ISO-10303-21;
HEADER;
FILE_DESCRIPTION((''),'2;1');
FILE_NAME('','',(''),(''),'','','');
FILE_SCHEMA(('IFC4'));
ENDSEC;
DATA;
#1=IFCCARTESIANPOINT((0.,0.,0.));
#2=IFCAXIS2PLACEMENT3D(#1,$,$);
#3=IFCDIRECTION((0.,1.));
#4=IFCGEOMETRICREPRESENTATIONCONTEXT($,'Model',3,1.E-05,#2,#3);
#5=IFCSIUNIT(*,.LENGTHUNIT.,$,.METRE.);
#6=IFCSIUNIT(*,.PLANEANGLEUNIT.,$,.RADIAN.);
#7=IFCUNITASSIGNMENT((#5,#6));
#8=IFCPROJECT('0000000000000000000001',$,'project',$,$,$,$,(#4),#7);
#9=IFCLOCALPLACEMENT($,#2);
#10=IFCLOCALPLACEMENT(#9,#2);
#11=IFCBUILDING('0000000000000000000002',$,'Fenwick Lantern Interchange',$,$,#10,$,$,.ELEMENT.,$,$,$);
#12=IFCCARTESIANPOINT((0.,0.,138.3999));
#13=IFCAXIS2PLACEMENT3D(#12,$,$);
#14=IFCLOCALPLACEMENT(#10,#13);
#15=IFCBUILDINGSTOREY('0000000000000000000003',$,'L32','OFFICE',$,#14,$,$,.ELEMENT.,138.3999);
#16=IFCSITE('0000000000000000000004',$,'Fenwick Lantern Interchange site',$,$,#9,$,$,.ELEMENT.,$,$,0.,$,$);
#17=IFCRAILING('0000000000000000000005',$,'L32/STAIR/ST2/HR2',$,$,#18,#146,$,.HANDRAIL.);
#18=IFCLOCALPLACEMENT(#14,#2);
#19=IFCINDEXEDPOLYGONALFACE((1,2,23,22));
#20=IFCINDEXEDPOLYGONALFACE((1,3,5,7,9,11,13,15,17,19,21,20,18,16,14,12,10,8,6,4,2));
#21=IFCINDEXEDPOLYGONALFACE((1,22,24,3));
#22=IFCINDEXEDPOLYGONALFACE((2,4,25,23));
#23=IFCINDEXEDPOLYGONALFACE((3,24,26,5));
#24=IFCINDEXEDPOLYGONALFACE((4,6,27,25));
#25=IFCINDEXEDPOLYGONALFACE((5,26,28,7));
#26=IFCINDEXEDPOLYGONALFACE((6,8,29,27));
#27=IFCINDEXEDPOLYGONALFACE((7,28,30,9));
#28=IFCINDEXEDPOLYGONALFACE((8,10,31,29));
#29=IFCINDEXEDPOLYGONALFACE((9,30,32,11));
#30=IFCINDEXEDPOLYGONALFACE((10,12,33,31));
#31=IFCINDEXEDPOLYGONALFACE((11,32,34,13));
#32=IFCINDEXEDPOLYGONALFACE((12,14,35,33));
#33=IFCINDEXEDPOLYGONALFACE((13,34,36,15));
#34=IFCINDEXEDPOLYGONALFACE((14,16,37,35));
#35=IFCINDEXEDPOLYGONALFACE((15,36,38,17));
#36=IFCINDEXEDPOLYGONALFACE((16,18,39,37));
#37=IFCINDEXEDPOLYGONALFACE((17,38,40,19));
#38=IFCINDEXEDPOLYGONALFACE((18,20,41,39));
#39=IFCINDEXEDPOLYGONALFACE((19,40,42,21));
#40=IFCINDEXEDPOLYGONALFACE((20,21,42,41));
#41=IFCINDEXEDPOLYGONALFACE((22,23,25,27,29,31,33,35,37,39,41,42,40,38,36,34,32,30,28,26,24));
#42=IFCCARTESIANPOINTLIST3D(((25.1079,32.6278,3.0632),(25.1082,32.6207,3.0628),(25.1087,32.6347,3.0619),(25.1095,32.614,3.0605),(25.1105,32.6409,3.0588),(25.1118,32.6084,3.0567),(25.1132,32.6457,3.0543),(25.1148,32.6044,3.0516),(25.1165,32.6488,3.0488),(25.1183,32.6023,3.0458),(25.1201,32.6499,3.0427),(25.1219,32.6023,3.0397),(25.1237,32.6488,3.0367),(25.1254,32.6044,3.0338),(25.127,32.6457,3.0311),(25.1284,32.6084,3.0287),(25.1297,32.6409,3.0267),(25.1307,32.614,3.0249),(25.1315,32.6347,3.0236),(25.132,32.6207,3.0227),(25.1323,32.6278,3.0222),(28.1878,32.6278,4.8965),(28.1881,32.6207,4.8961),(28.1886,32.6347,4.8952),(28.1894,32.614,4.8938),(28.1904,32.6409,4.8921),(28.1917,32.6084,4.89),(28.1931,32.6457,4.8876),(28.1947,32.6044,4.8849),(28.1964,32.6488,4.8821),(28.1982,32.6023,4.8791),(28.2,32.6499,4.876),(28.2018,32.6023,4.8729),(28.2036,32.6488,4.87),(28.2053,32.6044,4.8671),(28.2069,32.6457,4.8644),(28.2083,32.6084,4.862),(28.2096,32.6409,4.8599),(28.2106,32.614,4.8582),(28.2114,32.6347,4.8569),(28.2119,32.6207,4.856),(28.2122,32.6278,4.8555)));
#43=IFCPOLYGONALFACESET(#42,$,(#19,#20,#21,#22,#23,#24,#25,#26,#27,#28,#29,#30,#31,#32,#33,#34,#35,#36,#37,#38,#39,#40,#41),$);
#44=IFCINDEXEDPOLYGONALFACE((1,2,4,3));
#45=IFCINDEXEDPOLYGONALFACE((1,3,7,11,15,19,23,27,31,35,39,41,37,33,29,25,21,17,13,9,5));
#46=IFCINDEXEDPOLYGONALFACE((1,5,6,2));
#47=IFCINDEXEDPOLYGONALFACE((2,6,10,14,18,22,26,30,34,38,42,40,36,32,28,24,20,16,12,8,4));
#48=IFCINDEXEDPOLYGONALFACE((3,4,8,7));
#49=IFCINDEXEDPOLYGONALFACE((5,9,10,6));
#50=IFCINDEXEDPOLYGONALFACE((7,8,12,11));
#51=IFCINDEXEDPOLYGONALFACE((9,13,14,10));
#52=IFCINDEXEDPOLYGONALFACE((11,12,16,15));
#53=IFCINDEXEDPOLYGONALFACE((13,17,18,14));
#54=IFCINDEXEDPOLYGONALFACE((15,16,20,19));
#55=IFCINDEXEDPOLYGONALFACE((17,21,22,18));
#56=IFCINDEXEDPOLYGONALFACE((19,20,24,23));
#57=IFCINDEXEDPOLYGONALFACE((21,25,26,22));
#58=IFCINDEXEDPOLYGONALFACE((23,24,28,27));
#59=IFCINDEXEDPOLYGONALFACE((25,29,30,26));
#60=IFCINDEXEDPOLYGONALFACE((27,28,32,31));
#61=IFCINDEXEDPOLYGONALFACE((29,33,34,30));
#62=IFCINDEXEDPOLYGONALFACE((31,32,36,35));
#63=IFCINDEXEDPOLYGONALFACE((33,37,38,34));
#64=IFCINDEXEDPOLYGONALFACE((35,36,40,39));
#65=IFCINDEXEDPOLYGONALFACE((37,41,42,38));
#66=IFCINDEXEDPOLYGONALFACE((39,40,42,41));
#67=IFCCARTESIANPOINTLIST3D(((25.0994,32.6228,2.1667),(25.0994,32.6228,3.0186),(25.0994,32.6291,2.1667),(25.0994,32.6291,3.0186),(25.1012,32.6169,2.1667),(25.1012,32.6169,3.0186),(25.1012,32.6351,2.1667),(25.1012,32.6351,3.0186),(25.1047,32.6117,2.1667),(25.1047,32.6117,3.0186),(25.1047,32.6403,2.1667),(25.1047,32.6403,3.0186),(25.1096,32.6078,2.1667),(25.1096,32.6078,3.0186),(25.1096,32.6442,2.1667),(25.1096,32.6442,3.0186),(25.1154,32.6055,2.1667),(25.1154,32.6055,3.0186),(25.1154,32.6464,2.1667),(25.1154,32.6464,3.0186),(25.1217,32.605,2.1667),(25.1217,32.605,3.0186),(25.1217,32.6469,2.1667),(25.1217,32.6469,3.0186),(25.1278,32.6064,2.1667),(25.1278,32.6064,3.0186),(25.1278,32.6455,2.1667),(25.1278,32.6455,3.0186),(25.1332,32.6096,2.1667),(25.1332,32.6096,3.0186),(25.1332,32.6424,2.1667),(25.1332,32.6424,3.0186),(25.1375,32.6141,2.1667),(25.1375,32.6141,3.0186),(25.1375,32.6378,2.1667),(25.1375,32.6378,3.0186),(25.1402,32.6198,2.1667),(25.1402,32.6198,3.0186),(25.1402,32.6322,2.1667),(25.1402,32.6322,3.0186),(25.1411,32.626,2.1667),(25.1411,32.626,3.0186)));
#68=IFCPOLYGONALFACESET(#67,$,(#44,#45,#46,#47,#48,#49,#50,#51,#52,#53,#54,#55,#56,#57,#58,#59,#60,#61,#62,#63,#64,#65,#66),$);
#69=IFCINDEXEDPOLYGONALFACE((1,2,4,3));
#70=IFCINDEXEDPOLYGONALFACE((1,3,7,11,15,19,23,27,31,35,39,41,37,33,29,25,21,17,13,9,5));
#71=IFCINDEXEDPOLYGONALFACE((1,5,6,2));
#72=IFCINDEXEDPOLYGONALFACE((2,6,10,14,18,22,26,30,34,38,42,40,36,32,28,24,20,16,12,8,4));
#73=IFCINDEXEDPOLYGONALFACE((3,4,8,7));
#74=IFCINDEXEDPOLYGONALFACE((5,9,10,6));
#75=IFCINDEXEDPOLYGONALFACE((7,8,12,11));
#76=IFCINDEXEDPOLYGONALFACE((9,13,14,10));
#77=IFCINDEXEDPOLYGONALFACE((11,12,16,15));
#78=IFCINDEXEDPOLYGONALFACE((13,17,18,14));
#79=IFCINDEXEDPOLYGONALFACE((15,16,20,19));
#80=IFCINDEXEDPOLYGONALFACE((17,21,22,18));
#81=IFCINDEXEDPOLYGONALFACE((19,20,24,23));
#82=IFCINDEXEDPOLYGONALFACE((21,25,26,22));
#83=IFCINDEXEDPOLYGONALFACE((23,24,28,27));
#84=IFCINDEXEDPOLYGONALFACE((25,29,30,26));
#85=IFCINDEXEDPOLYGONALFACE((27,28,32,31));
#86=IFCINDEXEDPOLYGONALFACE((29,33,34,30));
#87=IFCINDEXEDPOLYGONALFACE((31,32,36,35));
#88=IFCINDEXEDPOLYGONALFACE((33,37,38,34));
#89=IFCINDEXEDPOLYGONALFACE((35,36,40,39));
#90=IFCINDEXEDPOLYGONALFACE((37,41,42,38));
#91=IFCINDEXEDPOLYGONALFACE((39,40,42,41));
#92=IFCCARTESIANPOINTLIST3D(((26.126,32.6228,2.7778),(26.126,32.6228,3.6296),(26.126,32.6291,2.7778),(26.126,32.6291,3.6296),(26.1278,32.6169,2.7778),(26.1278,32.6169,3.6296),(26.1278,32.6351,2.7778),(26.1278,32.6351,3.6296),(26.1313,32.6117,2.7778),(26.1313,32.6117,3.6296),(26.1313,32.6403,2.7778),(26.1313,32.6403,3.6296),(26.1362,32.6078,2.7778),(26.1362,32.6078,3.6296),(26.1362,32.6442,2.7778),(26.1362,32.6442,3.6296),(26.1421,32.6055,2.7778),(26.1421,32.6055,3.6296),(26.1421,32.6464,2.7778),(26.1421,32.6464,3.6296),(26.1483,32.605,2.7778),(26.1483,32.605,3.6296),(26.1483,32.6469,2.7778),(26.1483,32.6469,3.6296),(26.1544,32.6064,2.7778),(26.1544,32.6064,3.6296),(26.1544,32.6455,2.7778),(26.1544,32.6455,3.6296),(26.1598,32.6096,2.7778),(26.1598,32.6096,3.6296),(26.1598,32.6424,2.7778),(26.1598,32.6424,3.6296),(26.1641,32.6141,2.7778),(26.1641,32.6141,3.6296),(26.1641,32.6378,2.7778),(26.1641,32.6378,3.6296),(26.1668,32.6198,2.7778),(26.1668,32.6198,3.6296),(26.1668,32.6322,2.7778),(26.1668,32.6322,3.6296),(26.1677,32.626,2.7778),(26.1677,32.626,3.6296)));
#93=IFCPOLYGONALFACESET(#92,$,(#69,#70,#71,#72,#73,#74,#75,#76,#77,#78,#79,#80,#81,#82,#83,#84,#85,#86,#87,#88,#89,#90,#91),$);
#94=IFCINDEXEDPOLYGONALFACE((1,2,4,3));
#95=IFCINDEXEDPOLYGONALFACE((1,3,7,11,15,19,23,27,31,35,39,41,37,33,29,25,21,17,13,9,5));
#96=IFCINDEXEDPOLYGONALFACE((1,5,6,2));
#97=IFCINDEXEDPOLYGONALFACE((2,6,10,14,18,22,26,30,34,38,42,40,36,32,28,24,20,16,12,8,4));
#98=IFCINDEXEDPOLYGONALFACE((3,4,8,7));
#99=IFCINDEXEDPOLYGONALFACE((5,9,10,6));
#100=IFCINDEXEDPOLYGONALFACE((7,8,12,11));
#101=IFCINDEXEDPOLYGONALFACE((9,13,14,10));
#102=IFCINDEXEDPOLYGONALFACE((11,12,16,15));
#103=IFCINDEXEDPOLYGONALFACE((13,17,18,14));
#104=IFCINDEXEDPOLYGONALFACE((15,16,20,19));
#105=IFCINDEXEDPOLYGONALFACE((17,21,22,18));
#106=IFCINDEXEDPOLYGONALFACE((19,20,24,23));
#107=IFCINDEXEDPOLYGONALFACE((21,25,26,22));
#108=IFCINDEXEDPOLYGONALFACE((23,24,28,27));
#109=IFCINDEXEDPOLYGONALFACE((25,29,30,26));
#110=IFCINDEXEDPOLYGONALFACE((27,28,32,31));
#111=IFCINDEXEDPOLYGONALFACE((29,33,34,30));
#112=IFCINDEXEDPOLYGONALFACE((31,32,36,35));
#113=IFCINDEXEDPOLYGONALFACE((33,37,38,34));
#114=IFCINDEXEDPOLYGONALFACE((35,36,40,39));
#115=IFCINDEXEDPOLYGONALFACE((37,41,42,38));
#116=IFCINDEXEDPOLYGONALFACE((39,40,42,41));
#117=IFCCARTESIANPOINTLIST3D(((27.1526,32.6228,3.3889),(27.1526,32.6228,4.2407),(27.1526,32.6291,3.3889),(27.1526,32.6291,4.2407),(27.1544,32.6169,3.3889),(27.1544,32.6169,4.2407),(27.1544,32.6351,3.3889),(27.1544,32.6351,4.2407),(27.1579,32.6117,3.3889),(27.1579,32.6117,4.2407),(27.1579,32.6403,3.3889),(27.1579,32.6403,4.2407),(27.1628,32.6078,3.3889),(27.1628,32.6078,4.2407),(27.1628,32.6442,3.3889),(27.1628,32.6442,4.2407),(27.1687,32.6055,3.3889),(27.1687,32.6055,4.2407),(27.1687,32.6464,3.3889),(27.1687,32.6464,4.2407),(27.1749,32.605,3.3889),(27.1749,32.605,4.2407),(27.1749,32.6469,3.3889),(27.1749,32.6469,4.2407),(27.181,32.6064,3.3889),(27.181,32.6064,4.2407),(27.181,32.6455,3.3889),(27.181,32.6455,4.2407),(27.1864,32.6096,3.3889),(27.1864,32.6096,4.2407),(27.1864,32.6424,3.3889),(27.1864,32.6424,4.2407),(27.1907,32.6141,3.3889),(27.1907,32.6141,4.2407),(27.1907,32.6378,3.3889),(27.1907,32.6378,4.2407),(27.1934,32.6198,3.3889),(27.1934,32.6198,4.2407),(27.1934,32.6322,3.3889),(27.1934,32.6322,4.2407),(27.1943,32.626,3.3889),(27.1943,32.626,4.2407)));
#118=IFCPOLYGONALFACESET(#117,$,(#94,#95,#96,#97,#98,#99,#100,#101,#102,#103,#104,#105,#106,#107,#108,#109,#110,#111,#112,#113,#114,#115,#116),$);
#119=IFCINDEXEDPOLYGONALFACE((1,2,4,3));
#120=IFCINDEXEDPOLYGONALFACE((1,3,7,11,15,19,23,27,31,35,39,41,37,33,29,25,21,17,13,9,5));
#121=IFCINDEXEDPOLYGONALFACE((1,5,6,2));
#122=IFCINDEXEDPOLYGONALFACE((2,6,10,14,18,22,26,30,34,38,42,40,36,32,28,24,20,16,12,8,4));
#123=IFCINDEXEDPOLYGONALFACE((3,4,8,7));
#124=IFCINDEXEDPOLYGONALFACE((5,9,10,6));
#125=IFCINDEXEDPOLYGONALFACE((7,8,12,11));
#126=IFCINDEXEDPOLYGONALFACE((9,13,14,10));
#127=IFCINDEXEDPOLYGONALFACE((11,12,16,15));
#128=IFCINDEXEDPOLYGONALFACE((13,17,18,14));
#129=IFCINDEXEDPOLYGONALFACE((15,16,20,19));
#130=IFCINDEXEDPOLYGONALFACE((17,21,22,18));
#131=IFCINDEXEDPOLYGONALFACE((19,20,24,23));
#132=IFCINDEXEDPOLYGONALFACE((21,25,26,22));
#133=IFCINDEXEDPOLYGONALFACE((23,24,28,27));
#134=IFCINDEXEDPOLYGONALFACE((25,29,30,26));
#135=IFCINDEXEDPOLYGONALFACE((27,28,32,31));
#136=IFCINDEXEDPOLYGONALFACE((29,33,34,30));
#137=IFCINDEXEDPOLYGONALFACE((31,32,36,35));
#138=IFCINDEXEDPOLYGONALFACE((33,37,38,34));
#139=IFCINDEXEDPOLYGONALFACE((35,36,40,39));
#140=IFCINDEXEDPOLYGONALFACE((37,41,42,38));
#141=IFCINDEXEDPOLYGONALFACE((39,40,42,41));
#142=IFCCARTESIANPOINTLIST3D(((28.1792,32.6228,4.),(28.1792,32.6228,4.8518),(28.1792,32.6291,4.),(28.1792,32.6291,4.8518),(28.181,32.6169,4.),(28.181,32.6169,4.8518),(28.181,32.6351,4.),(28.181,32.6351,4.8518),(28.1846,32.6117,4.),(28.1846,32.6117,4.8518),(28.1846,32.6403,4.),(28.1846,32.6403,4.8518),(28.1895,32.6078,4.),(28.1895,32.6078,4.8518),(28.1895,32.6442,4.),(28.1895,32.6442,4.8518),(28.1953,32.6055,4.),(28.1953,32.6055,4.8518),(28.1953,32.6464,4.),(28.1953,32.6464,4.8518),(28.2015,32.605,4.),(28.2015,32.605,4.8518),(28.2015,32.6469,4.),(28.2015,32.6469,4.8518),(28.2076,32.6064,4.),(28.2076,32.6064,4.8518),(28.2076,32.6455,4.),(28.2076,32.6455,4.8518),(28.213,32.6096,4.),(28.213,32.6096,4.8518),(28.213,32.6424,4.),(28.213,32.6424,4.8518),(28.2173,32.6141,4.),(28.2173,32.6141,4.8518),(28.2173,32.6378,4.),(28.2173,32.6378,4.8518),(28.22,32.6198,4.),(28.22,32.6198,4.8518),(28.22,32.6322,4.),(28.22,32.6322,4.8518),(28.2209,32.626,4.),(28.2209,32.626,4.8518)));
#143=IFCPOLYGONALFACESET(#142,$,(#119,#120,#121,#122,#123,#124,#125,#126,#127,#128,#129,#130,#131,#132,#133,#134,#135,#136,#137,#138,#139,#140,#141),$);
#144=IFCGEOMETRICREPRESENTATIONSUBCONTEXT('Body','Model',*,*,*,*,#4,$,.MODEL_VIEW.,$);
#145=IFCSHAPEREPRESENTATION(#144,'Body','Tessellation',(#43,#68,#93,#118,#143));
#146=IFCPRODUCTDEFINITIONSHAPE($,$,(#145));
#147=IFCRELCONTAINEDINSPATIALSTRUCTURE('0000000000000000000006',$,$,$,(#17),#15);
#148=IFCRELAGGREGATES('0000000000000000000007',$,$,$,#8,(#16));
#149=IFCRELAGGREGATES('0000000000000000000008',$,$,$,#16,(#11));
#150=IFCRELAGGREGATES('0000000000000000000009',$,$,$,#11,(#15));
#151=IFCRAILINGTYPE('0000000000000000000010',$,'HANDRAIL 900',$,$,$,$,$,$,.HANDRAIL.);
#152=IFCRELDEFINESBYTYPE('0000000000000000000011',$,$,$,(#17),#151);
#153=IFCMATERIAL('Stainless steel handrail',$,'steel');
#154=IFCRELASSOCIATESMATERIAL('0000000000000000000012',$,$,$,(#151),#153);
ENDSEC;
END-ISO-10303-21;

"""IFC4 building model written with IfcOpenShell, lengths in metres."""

from ifc_helpers import new_model, si_unit, direction, frame, origin, origin_2d, place, context, subcontext, project, spatial, circle, extrude, material, type_object, element, save


model = new_model("IFC4")

# Units and contexts
model_context = context("Model", 3, precision=1e-05, world=origin(), true_north=direction((0.0, 1.0)))
body_context = subcontext(model_context, "Body", "Model", "MODEL_VIEW")
ifc_project = project(units=[si_unit("LENGTHUNIT", "METRE"), si_unit("PLANEANGLEUNIT", "RADIAN")], contexts=[model_context])

# Site, building, storey
site_placement = place(None, origin())
site = spatial("IfcSite", under=ifc_project, at=site_placement, Name="Fenwick Lantern Interchange site", CompositionType="ELEMENT", RefElevation=0.0)
building_placement = place(site_placement, origin())
building = spatial("IfcBuilding", under=site, at=building_placement, Name="Fenwick Lantern Interchange", CompositionType="ELEMENT")
storey_placement = place(building_placement, frame((0.0, 0.0, 138.3999)))
storey = spatial("IfcBuildingStorey", under=building, at=storey_placement, Name="L32", Description="OFFICE", CompositionType="ELEMENT", Elevation=138.3999)

# Railing
ifc_material_1 = material(Name="Stainless steel handrail", Category="steel")
railing_type = type_object("IfcRailingType", Name="HANDRAIL 900", PredefinedType="HANDRAIL", material=ifc_material_1)
railing_1_placement = place(storey_placement, frame((25.1201, 32.626, 2.1667)))
element("IfcRailing", 1, at=railing_1_placement, inside=storey, type_object=railing_type, Name="L32/STAIR/ST2/HR2", PredefinedType="HANDRAIL", context=body_context, shape_type="SweptSolid", body=[
    extrude(circle(Radius=0.0239, at=origin_2d()), frame((0.0, 0.0, 0.876), z_axis=(0.859291, 0.0, 0.511487), x_axis=(0.0, 1.0, 0.0)), (0.0, 0.0, 1.0), 3.5842),
    extrude(circle(Radius=0.021, at=origin_2d()), origin(), (0.0, 0.0, 1.0), 0.8518),
    extrude(circle(Radius=0.021, at=origin_2d()), frame((1.0266, 0.0, 0.6111)), (0.0, 0.0, 1.0), 0.8518),
    extrude(circle(Radius=0.021, at=origin_2d()), frame((2.0532, 0.0, 1.2222)), (0.0, 0.0, 1.0), 0.8518),
    extrude(circle(Radius=0.021, at=origin_2d()), frame((3.0798, 0.0, 1.8333)), (0.0, 0.0, 1.0), 0.8518),
])

save(model, "model.ifc")
